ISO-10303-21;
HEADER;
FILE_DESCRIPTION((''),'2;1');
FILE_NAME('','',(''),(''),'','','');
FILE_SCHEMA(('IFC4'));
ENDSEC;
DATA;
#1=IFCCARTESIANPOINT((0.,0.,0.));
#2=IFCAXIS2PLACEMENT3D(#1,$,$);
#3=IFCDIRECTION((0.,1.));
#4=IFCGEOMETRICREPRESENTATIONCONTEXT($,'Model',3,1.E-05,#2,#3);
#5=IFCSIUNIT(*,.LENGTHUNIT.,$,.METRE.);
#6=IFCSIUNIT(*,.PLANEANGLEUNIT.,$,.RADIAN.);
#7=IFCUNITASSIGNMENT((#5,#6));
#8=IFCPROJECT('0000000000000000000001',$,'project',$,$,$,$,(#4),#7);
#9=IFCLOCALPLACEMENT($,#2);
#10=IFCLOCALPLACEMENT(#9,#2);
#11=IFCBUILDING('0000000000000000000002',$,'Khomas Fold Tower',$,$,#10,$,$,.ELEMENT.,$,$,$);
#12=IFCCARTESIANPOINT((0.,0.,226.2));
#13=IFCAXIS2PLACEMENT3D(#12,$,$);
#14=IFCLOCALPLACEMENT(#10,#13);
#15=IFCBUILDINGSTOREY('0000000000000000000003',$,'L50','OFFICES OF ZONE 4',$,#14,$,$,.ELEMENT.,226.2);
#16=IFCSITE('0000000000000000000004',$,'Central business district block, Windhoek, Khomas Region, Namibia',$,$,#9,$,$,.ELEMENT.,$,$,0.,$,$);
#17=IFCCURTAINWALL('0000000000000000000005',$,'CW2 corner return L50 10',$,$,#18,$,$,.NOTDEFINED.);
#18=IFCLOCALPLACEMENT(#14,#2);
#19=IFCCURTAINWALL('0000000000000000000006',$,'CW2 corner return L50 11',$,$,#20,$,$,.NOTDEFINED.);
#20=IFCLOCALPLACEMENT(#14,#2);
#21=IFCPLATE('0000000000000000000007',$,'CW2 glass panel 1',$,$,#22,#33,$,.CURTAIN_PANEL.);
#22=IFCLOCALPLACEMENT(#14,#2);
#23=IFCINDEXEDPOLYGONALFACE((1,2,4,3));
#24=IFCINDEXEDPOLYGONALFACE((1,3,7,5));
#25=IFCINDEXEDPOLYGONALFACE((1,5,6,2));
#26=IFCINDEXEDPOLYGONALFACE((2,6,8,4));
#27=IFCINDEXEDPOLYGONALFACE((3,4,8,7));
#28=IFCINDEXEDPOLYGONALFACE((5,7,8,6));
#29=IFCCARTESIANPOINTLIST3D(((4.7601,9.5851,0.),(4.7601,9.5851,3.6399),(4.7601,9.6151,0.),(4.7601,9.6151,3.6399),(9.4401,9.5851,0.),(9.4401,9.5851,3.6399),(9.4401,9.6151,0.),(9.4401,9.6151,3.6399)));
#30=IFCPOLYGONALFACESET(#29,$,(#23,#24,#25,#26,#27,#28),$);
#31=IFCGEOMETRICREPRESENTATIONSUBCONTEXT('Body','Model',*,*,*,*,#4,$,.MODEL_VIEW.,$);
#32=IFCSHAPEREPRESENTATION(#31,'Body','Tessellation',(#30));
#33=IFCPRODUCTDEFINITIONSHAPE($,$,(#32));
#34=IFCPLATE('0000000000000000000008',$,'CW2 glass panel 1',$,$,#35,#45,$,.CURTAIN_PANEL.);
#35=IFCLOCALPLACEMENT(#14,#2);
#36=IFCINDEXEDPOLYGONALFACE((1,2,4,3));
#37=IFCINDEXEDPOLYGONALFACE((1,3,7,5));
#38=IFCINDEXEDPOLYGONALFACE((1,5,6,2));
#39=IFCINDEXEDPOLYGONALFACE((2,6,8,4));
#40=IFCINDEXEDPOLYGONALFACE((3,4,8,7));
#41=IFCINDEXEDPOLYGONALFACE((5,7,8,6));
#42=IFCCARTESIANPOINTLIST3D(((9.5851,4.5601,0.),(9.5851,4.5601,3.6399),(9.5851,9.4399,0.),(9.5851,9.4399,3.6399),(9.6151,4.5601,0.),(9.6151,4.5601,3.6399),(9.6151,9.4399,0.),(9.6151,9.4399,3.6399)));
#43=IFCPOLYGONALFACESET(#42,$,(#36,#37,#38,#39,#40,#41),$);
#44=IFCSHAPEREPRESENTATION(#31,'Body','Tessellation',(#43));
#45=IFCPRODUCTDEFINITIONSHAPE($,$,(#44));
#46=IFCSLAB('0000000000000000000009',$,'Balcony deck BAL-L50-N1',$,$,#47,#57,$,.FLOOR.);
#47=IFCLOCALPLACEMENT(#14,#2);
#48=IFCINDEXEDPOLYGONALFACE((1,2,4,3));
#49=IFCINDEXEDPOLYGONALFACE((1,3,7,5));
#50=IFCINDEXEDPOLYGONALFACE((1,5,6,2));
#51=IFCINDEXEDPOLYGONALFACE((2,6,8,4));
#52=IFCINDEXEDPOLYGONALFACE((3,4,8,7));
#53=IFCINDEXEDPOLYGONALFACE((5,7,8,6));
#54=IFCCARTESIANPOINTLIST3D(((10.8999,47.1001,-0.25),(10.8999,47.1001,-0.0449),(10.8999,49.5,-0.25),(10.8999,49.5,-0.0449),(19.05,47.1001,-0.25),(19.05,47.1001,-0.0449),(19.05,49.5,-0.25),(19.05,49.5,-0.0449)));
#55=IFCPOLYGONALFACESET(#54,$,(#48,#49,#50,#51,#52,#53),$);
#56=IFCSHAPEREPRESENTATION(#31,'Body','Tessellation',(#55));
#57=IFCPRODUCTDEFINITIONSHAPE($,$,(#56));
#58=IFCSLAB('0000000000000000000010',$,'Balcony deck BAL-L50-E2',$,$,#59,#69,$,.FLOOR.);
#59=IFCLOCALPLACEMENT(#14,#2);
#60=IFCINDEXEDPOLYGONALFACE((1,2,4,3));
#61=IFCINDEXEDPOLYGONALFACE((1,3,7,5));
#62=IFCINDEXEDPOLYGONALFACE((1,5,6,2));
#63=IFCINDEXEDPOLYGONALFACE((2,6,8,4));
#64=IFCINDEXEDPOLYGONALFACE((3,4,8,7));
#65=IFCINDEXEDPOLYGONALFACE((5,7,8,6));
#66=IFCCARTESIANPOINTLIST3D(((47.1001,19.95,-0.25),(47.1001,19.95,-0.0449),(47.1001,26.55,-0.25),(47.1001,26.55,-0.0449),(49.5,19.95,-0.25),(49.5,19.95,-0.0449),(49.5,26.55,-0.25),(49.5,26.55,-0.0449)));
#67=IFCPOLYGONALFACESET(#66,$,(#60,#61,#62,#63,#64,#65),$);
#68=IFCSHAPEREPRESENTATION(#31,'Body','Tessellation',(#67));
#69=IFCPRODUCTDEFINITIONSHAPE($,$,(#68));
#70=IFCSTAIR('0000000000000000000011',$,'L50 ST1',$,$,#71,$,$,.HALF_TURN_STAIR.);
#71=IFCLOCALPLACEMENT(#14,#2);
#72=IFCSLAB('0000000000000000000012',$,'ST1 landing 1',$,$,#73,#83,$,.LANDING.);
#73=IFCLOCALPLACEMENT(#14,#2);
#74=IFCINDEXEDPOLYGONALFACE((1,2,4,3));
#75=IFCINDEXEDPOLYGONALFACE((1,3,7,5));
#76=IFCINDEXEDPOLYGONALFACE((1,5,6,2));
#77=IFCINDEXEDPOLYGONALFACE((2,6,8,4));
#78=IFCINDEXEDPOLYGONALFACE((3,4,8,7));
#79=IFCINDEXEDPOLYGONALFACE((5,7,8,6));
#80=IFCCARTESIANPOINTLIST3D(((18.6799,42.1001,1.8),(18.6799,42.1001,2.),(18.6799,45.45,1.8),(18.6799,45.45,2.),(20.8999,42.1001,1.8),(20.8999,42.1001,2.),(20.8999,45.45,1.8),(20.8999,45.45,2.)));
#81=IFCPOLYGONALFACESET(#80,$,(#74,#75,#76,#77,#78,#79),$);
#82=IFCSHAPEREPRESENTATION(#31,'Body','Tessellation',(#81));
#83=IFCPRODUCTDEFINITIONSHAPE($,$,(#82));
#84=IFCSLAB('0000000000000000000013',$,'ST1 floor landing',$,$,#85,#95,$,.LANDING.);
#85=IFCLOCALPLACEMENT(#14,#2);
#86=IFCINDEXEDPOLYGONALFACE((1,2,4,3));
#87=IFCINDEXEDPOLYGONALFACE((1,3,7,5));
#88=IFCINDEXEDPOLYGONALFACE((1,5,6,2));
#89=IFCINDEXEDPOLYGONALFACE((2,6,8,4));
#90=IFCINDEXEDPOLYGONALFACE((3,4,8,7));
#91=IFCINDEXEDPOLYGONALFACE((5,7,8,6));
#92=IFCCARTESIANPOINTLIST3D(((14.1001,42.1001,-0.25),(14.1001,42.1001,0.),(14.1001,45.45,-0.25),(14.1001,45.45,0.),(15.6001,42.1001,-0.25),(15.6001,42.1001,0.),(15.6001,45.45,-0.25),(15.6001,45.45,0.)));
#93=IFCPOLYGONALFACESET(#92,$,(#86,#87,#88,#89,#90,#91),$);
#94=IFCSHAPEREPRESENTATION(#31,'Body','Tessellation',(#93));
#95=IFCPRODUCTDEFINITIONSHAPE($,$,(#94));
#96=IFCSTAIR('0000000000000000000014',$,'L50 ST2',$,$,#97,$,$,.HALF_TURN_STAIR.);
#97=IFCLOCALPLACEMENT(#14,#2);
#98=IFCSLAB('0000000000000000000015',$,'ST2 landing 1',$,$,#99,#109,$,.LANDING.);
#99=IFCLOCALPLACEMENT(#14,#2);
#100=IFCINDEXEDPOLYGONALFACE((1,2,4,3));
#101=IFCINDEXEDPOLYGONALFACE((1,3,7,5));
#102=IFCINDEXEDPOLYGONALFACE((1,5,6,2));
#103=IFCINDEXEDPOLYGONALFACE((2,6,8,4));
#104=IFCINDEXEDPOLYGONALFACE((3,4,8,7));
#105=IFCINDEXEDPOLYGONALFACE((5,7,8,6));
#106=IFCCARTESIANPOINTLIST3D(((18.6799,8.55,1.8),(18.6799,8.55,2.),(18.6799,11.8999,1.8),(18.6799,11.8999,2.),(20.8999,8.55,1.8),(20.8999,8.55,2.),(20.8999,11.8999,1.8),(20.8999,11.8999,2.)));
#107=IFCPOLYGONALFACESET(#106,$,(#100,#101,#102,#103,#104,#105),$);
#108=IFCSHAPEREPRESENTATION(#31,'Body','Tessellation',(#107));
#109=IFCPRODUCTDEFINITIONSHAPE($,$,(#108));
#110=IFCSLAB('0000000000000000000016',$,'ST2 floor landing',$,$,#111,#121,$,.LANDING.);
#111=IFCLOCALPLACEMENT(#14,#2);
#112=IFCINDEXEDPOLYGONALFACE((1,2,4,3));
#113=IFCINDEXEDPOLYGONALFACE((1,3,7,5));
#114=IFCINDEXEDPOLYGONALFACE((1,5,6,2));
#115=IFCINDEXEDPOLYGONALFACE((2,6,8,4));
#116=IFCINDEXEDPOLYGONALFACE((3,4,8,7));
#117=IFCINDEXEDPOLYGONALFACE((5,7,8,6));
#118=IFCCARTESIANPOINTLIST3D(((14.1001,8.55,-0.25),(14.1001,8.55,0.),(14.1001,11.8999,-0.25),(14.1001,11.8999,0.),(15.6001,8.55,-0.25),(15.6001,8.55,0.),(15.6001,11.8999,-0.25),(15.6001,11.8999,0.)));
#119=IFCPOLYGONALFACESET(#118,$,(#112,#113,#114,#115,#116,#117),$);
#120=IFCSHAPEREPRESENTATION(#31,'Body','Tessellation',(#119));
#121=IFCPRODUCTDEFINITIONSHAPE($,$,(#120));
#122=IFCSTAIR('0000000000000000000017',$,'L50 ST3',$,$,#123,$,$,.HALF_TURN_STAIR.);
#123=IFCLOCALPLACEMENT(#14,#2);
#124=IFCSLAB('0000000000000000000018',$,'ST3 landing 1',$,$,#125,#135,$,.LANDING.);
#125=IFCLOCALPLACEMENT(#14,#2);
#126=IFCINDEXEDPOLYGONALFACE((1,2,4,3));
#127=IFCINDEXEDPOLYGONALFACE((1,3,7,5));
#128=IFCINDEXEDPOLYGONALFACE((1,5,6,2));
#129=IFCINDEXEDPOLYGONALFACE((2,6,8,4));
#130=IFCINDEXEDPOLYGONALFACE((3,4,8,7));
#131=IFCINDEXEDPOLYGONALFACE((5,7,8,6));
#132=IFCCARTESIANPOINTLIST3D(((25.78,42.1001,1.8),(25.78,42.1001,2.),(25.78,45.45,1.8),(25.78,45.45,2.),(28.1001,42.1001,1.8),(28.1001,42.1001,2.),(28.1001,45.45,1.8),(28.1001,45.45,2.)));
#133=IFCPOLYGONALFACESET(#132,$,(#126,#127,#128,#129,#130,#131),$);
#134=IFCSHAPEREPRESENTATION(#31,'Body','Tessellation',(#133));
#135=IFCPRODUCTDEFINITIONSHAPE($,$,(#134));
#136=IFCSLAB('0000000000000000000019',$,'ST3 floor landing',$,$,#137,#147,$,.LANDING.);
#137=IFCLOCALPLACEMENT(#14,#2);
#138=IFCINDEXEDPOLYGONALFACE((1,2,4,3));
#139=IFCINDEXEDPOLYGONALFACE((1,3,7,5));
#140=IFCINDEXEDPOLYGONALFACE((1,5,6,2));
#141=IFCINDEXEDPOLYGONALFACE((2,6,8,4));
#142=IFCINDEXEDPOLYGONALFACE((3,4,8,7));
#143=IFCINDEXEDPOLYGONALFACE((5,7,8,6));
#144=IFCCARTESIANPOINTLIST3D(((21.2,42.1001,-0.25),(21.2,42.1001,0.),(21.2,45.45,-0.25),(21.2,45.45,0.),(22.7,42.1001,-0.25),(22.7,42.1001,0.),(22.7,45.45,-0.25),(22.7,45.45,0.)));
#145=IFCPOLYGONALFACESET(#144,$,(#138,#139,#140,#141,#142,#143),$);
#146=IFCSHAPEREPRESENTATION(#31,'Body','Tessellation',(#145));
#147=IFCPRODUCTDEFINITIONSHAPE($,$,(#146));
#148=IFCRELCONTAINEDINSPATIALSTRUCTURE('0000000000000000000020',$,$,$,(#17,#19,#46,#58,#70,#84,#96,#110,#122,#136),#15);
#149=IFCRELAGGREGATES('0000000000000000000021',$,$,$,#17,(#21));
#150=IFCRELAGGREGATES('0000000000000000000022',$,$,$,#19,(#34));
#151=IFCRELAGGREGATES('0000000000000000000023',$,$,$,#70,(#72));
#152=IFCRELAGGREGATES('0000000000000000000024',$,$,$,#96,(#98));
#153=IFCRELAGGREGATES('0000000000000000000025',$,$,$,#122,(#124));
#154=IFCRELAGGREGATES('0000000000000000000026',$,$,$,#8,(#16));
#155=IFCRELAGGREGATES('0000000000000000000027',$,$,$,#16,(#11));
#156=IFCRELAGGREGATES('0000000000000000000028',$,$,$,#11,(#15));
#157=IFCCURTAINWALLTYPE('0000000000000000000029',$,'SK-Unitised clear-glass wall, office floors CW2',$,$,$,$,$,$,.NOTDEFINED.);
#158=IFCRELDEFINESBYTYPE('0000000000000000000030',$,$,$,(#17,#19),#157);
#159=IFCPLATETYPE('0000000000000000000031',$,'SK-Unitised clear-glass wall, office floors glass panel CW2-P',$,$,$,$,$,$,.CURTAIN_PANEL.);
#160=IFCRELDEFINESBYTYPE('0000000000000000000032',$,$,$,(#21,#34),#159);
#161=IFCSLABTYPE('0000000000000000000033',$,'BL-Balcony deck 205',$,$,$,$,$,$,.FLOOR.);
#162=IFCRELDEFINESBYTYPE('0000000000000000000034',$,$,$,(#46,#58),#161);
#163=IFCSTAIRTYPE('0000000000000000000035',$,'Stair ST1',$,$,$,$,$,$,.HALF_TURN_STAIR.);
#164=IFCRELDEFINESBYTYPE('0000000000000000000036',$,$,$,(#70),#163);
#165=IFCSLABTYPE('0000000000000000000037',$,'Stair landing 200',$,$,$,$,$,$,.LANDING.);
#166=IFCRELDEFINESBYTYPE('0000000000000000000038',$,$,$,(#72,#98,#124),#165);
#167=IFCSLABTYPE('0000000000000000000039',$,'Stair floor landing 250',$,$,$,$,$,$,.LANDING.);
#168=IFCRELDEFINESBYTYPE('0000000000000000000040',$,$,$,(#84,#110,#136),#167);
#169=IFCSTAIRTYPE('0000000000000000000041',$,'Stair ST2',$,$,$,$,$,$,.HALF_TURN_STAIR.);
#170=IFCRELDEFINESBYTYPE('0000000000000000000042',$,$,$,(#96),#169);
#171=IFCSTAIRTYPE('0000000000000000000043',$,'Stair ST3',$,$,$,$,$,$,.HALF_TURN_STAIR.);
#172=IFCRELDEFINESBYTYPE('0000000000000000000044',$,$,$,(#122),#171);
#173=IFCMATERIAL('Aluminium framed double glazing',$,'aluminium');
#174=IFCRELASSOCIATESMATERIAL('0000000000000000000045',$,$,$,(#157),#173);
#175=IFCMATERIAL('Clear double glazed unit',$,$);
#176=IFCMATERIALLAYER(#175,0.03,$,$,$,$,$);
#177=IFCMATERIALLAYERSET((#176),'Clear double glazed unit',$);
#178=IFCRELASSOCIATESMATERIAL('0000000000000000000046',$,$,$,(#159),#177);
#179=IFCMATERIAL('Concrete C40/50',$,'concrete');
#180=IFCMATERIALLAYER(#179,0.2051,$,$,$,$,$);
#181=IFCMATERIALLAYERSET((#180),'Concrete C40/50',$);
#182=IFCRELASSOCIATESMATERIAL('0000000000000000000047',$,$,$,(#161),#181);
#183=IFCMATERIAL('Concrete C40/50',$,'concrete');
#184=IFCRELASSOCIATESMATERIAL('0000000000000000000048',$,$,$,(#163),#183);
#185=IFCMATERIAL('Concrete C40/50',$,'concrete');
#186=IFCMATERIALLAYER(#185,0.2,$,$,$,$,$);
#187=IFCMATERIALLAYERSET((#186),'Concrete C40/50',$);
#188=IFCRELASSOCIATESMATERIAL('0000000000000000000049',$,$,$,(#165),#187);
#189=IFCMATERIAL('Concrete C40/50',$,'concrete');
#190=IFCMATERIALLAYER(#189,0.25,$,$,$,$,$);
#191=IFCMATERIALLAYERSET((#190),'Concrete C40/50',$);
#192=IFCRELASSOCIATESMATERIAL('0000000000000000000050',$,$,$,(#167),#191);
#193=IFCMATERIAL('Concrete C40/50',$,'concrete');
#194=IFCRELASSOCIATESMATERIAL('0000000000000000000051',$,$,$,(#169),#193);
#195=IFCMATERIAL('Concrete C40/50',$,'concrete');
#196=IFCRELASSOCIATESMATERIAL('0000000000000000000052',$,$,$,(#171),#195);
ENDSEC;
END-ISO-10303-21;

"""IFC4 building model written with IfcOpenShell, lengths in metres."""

from ifc_helpers import new_model, si_unit, direction, frame, origin, origin_2d, place, context, subcontext, project, spatial, polyline, rectangle, outline, extrude, source, transform, mapped, material, layer, layer_set, type_object, element, aggregate, save


model = new_model("IFC4")

# Units and contexts
model_context = context("Model", 3, precision=1e-05, world=origin(), true_north=direction((0.0, 1.0)))
body_context = subcontext(model_context, "Body", "Model", "MODEL_VIEW")
ifc_project = project(units=[si_unit("LENGTHUNIT", "METRE"), si_unit("PLANEANGLEUNIT", "RADIAN")], contexts=[model_context])

# Site, building, storey
site_placement = place(None, origin())
site = spatial("IfcSite", under=ifc_project, at=site_placement, Name="Central business district block, Windhoek, Khomas Region, Namibia", CompositionType="ELEMENT", RefElevation=0.0)
building_placement = place(site_placement, origin())
building = spatial("IfcBuilding", under=site, at=building_placement, Name="Khomas Fold Tower", CompositionType="ELEMENT")
storey_placement = place(building_placement, frame((0.0, 0.0, 226.2)))
storey = spatial("IfcBuildingStorey", under=building, at=storey_placement, Name="L50", Description="OFFICES OF ZONE 4", CompositionType="ELEMENT", Elevation=226.2)

# Shared definitions
ifc_material_1 = material(Name="Aluminium framed double glazing", Category="aluminium")
curtain_wall_type = type_object("IfcCurtainWallType", Name="SK-Unitised clear-glass wall, office floors CW2", PredefinedType="NOTDEFINED", material=ifc_material_1)

# Curtain walls
curtain_wall_1_placement = place(storey_placement, origin())
curtain_wall_1 = element("IfcCurtainWall", 1, at=curtain_wall_1_placement, inside=storey, type_object=curtain_wall_type, Name="CW2 corner return L50 10", PredefinedType="NOTDEFINED")
curtain_wall_2_placement = place(storey_placement, origin())
curtain_wall_2 = element("IfcCurtainWall", 2, at=curtain_wall_2_placement, inside=storey, type_object=curtain_wall_type, Name="CW2 corner return L50 11", PredefinedType="NOTDEFINED")

# Plates
ifc_material_2 = material(Name="Clear double glazed unit")
ifc_layer_1 = layer(ifc_material_2, 0.03)
ifc_layer_set_1 = layer_set([ifc_layer_1], Name="Clear double glazed unit")
plate_type = type_object("IfcPlateType", Name="SK-Unitised clear-glass wall, office floors glass panel CW2-P", PredefinedType="CURTAIN_PANEL", material=ifc_layer_set_1)
shared_shape_1 = source(origin(), body_context, "Body", "SweptSolid", [
    extrude(rectangle(XDim=4.6799, YDim=0.03, at=origin_2d()), origin(), (0.0, 0.0, 1.0), 3.6399),
])
plate_1_placement = place(storey_placement, frame((7.1001, 9.6001, 0.0), z_axis=(0.0, 0.0, 1.0), x_axis=(1.0, 0.0, 0.0)))
plate_1 = element("IfcPlate", 3, at=plate_1_placement, type_object=plate_type, Name="CW2 glass panel 1", PredefinedType="CURTAIN_PANEL", context=body_context, shape_type="MappedRepresentation", body=[
    mapped(shared_shape_1, transform((0.0, 0.0, 0.0))),
])
aggregate(curtain_wall_1, [plate_1])
shared_shape_2 = source(origin(), body_context, "Body", "SweptSolid", [
    extrude(rectangle(XDim=4.8799, YDim=0.03, at=origin_2d()), origin(), (0.0, 0.0, 1.0), 3.6399),
])
plate_2_placement = place(storey_placement, frame((9.6001, 7.0, 0.0), z_axis=(0.0, 0.0, 1.0), x_axis=(0.0, -1.0, 0.0)))
plate_2 = element("IfcPlate", 4, at=plate_2_placement, type_object=plate_type, Name="CW2 glass panel 1", PredefinedType="CURTAIN_PANEL", context=body_context, shape_type="MappedRepresentation", body=[
    mapped(shared_shape_2, transform((0.0, 0.0, 0.0))),
])
aggregate(curtain_wall_2, [plate_2])

# Slabs
ifc_material_3 = material(Name="Concrete C40/50", Category="concrete")
ifc_layer_2 = layer(ifc_material_3, 0.2051)
ifc_layer_set_2 = layer_set([ifc_layer_2], Name="Concrete C40/50")
slab_type_1 = type_object("IfcSlabType", Name="BL-Balcony deck 205", PredefinedType="FLOOR", material=ifc_layer_set_2)
shared_shape_3 = source(origin(), body_context, "Body", "SweptSolid", [
    extrude(outline(polyline([(10.8999, 47.1001), (19.05, 47.1001), (19.05, 49.5), (10.8999, 49.5), (10.8999, 47.1001)])), origin(), (0.0, 0.0, 1.0), 0.2051),
])
slab_1_placement = place(storey_placement, frame((0.0, 0.0, -0.25)))
element("IfcSlab", 5, at=slab_1_placement, inside=storey, type_object=slab_type_1, Name="Balcony deck BAL-L50-N1", PredefinedType="FLOOR", context=body_context, shape_type="MappedRepresentation", body=[
    mapped(shared_shape_3, transform((0.0, 0.0, 0.0))),
])
shared_shape_4 = source(origin(), body_context, "Body", "SweptSolid", [
    extrude(outline(polyline([(47.1001, 19.95), (49.5, 19.95), (49.5, 26.55), (47.1001, 26.55), (47.1001, 19.95)])), origin(), (0.0, 0.0, 1.0), 0.2051),
])
slab_2_placement = place(storey_placement, frame((0.0, 0.0, -0.25)))
element("IfcSlab", 6, at=slab_2_placement, inside=storey, type_object=slab_type_1, Name="Balcony deck BAL-L50-E2", PredefinedType="FLOOR", context=body_context, shape_type="MappedRepresentation", body=[
    mapped(shared_shape_4, transform((0.0, 0.0, 0.0))),
])

# Stair, slab
ifc_material_4 = material(Name="Concrete C40/50", Category="concrete")
stair_type_1 = type_object("IfcStairType", Name="Stair ST1", PredefinedType="HALF_TURN_STAIR", material=ifc_material_4)
stair_1_placement = place(storey_placement, origin())
stair_1 = element("IfcStair", 7, at=stair_1_placement, inside=storey, type_object=stair_type_1, Name="L50 ST1", PredefinedType="HALF_TURN_STAIR")
ifc_material_5 = material(Name="Concrete C40/50", Category="concrete")
ifc_layer_3 = layer(ifc_material_5, 0.2)
ifc_layer_set_3 = layer_set([ifc_layer_3], Name="Concrete C40/50")
slab_type_2 = type_object("IfcSlabType", Name="Stair landing 200", PredefinedType="LANDING", material=ifc_layer_set_3)
shared_shape_5 = source(origin(), body_context, "Body", "SweptSolid", [
    extrude(outline(polyline([(18.6799, 42.1001), (20.8999, 42.1001), (20.8999, 45.45), (18.6799, 45.45), (18.6799, 42.1001)])), origin(), (0.0, 0.0, 1.0), 0.2),
])
slab_3_placement = place(storey_placement, frame((0.0, 0.0, 1.8)))
slab_3 = element("IfcSlab", 8, at=slab_3_placement, type_object=slab_type_2, Name="ST1 landing 1", PredefinedType="LANDING", context=body_context, shape_type="MappedRepresentation", body=[
    mapped(shared_shape_5, transform((0.0, 0.0, 0.0))),
])
aggregate(stair_1, [slab_3])

# Slab
ifc_material_6 = material(Name="Concrete C40/50", Category="concrete")
ifc_layer_4 = layer(ifc_material_6, 0.25)
ifc_layer_set_4 = layer_set([ifc_layer_4], Name="Concrete C40/50")
slab_type_3 = type_object("IfcSlabType", Name="Stair floor landing 250", PredefinedType="LANDING", material=ifc_layer_set_4)
shared_shape_6 = source(origin(), body_context, "Body", "SweptSolid", [
    extrude(outline(polyline([(15.6001, 42.1001), (14.1001, 42.1001), (14.1001, 45.45), (15.6001, 45.45), (15.6001, 42.1001)])), origin(), (0.0, 0.0, 1.0), 0.25),
])
slab_4_placement = place(storey_placement, frame((0.0, 0.0, -0.25)))
element("IfcSlab", 9, at=slab_4_placement, inside=storey, type_object=slab_type_3, Name="ST1 floor landing", PredefinedType="LANDING", context=body_context, shape_type="MappedRepresentation", body=[
    mapped(shared_shape_6, transform((0.0, 0.0, 0.0))),
])

# Stair, slab
ifc_material_7 = material(Name="Concrete C40/50", Category="concrete")
stair_type_2 = type_object("IfcStairType", Name="Stair ST2", PredefinedType="HALF_TURN_STAIR", material=ifc_material_7)
stair_2_placement = place(storey_placement, origin())
stair_2 = element("IfcStair", 10, at=stair_2_placement, inside=storey, type_object=stair_type_2, Name="L50 ST2", PredefinedType="HALF_TURN_STAIR")
shared_shape_7 = source(origin(), body_context, "Body", "SweptSolid", [
    extrude(outline(polyline([(18.6799, 8.55), (20.8999, 8.55), (20.8999, 11.8999), (18.6799, 11.8999), (18.6799, 8.55)])), origin(), (0.0, 0.0, 1.0), 0.2),
])
slab_5_placement = place(storey_placement, frame((0.0, 0.0, 1.8)))
slab_5 = element("IfcSlab", 11, at=slab_5_placement, type_object=slab_type_2, Name="ST2 landing 1", PredefinedType="LANDING", context=body_context, shape_type="MappedRepresentation", body=[
    mapped(shared_shape_7, transform((0.0, 0.0, 0.0))),
])
aggregate(stair_2, [slab_5])

# Slab
shared_shape_8 = source(origin(), body_context, "Body", "SweptSolid", [
    extrude(outline(polyline([(15.6001, 8.55), (14.1001, 8.55), (14.1001, 11.8999), (15.6001, 11.8999), (15.6001, 8.55)])), origin(), (0.0, 0.0, 1.0), 0.25),
])
slab_6_placement = place(storey_placement, frame((0.0, 0.0, -0.25)))
element("IfcSlab", 12, at=slab_6_placement, inside=storey, type_object=slab_type_3, Name="ST2 floor landing", PredefinedType="LANDING", context=body_context, shape_type="MappedRepresentation", body=[
    mapped(shared_shape_8, transform((0.0, 0.0, 0.0))),
])

# Stair, slab
ifc_material_8 = material(Name="Concrete C40/50", Category="concrete")
stair_type_3 = type_object("IfcStairType", Name="Stair ST3", PredefinedType="HALF_TURN_STAIR", material=ifc_material_8)
stair_3_placement = place(storey_placement, origin())
stair_3 = element("IfcStair", 13, at=stair_3_placement, inside=storey, type_object=stair_type_3, Name="L50 ST3", PredefinedType="HALF_TURN_STAIR")
shared_shape_9 = source(origin(), body_context, "Body", "SweptSolid", [
    extrude(outline(polyline([(25.78, 42.1001), (28.1001, 42.1001), (28.1001, 45.45), (25.78, 45.45), (25.78, 42.1001)])), origin(), (0.0, 0.0, 1.0), 0.2),
])
slab_7_placement = place(storey_placement, frame((0.0, 0.0, 1.8)))
slab_7 = element("IfcSlab", 14, at=slab_7_placement, type_object=slab_type_2, Name="ST3 landing 1", PredefinedType="LANDING", context=body_context, shape_type="MappedRepresentation", body=[
    mapped(shared_shape_9, transform((0.0, 0.0, 0.0))),
])
aggregate(stair_3, [slab_7])

# Slab
shared_shape_10 = source(origin(), body_context, "Body", "SweptSolid", [
    extrude(outline(polyline([(22.7, 42.1001), (21.2, 42.1001), (21.2, 45.45), (22.7, 45.45), (22.7, 42.1001)])), origin(), (0.0, 0.0, 1.0), 0.25),
])
slab_8_placement = place(storey_placement, frame((0.0, 0.0, -0.25)))
element("IfcSlab", 15, at=slab_8_placement, inside=storey, type_object=slab_type_3, Name="ST3 floor landing", PredefinedType="LANDING", context=body_context, shape_type="MappedRepresentation", body=[
    mapped(shared_shape_10, transform((0.0, 0.0, 0.0))),
])

save(model, "model.ifc")
